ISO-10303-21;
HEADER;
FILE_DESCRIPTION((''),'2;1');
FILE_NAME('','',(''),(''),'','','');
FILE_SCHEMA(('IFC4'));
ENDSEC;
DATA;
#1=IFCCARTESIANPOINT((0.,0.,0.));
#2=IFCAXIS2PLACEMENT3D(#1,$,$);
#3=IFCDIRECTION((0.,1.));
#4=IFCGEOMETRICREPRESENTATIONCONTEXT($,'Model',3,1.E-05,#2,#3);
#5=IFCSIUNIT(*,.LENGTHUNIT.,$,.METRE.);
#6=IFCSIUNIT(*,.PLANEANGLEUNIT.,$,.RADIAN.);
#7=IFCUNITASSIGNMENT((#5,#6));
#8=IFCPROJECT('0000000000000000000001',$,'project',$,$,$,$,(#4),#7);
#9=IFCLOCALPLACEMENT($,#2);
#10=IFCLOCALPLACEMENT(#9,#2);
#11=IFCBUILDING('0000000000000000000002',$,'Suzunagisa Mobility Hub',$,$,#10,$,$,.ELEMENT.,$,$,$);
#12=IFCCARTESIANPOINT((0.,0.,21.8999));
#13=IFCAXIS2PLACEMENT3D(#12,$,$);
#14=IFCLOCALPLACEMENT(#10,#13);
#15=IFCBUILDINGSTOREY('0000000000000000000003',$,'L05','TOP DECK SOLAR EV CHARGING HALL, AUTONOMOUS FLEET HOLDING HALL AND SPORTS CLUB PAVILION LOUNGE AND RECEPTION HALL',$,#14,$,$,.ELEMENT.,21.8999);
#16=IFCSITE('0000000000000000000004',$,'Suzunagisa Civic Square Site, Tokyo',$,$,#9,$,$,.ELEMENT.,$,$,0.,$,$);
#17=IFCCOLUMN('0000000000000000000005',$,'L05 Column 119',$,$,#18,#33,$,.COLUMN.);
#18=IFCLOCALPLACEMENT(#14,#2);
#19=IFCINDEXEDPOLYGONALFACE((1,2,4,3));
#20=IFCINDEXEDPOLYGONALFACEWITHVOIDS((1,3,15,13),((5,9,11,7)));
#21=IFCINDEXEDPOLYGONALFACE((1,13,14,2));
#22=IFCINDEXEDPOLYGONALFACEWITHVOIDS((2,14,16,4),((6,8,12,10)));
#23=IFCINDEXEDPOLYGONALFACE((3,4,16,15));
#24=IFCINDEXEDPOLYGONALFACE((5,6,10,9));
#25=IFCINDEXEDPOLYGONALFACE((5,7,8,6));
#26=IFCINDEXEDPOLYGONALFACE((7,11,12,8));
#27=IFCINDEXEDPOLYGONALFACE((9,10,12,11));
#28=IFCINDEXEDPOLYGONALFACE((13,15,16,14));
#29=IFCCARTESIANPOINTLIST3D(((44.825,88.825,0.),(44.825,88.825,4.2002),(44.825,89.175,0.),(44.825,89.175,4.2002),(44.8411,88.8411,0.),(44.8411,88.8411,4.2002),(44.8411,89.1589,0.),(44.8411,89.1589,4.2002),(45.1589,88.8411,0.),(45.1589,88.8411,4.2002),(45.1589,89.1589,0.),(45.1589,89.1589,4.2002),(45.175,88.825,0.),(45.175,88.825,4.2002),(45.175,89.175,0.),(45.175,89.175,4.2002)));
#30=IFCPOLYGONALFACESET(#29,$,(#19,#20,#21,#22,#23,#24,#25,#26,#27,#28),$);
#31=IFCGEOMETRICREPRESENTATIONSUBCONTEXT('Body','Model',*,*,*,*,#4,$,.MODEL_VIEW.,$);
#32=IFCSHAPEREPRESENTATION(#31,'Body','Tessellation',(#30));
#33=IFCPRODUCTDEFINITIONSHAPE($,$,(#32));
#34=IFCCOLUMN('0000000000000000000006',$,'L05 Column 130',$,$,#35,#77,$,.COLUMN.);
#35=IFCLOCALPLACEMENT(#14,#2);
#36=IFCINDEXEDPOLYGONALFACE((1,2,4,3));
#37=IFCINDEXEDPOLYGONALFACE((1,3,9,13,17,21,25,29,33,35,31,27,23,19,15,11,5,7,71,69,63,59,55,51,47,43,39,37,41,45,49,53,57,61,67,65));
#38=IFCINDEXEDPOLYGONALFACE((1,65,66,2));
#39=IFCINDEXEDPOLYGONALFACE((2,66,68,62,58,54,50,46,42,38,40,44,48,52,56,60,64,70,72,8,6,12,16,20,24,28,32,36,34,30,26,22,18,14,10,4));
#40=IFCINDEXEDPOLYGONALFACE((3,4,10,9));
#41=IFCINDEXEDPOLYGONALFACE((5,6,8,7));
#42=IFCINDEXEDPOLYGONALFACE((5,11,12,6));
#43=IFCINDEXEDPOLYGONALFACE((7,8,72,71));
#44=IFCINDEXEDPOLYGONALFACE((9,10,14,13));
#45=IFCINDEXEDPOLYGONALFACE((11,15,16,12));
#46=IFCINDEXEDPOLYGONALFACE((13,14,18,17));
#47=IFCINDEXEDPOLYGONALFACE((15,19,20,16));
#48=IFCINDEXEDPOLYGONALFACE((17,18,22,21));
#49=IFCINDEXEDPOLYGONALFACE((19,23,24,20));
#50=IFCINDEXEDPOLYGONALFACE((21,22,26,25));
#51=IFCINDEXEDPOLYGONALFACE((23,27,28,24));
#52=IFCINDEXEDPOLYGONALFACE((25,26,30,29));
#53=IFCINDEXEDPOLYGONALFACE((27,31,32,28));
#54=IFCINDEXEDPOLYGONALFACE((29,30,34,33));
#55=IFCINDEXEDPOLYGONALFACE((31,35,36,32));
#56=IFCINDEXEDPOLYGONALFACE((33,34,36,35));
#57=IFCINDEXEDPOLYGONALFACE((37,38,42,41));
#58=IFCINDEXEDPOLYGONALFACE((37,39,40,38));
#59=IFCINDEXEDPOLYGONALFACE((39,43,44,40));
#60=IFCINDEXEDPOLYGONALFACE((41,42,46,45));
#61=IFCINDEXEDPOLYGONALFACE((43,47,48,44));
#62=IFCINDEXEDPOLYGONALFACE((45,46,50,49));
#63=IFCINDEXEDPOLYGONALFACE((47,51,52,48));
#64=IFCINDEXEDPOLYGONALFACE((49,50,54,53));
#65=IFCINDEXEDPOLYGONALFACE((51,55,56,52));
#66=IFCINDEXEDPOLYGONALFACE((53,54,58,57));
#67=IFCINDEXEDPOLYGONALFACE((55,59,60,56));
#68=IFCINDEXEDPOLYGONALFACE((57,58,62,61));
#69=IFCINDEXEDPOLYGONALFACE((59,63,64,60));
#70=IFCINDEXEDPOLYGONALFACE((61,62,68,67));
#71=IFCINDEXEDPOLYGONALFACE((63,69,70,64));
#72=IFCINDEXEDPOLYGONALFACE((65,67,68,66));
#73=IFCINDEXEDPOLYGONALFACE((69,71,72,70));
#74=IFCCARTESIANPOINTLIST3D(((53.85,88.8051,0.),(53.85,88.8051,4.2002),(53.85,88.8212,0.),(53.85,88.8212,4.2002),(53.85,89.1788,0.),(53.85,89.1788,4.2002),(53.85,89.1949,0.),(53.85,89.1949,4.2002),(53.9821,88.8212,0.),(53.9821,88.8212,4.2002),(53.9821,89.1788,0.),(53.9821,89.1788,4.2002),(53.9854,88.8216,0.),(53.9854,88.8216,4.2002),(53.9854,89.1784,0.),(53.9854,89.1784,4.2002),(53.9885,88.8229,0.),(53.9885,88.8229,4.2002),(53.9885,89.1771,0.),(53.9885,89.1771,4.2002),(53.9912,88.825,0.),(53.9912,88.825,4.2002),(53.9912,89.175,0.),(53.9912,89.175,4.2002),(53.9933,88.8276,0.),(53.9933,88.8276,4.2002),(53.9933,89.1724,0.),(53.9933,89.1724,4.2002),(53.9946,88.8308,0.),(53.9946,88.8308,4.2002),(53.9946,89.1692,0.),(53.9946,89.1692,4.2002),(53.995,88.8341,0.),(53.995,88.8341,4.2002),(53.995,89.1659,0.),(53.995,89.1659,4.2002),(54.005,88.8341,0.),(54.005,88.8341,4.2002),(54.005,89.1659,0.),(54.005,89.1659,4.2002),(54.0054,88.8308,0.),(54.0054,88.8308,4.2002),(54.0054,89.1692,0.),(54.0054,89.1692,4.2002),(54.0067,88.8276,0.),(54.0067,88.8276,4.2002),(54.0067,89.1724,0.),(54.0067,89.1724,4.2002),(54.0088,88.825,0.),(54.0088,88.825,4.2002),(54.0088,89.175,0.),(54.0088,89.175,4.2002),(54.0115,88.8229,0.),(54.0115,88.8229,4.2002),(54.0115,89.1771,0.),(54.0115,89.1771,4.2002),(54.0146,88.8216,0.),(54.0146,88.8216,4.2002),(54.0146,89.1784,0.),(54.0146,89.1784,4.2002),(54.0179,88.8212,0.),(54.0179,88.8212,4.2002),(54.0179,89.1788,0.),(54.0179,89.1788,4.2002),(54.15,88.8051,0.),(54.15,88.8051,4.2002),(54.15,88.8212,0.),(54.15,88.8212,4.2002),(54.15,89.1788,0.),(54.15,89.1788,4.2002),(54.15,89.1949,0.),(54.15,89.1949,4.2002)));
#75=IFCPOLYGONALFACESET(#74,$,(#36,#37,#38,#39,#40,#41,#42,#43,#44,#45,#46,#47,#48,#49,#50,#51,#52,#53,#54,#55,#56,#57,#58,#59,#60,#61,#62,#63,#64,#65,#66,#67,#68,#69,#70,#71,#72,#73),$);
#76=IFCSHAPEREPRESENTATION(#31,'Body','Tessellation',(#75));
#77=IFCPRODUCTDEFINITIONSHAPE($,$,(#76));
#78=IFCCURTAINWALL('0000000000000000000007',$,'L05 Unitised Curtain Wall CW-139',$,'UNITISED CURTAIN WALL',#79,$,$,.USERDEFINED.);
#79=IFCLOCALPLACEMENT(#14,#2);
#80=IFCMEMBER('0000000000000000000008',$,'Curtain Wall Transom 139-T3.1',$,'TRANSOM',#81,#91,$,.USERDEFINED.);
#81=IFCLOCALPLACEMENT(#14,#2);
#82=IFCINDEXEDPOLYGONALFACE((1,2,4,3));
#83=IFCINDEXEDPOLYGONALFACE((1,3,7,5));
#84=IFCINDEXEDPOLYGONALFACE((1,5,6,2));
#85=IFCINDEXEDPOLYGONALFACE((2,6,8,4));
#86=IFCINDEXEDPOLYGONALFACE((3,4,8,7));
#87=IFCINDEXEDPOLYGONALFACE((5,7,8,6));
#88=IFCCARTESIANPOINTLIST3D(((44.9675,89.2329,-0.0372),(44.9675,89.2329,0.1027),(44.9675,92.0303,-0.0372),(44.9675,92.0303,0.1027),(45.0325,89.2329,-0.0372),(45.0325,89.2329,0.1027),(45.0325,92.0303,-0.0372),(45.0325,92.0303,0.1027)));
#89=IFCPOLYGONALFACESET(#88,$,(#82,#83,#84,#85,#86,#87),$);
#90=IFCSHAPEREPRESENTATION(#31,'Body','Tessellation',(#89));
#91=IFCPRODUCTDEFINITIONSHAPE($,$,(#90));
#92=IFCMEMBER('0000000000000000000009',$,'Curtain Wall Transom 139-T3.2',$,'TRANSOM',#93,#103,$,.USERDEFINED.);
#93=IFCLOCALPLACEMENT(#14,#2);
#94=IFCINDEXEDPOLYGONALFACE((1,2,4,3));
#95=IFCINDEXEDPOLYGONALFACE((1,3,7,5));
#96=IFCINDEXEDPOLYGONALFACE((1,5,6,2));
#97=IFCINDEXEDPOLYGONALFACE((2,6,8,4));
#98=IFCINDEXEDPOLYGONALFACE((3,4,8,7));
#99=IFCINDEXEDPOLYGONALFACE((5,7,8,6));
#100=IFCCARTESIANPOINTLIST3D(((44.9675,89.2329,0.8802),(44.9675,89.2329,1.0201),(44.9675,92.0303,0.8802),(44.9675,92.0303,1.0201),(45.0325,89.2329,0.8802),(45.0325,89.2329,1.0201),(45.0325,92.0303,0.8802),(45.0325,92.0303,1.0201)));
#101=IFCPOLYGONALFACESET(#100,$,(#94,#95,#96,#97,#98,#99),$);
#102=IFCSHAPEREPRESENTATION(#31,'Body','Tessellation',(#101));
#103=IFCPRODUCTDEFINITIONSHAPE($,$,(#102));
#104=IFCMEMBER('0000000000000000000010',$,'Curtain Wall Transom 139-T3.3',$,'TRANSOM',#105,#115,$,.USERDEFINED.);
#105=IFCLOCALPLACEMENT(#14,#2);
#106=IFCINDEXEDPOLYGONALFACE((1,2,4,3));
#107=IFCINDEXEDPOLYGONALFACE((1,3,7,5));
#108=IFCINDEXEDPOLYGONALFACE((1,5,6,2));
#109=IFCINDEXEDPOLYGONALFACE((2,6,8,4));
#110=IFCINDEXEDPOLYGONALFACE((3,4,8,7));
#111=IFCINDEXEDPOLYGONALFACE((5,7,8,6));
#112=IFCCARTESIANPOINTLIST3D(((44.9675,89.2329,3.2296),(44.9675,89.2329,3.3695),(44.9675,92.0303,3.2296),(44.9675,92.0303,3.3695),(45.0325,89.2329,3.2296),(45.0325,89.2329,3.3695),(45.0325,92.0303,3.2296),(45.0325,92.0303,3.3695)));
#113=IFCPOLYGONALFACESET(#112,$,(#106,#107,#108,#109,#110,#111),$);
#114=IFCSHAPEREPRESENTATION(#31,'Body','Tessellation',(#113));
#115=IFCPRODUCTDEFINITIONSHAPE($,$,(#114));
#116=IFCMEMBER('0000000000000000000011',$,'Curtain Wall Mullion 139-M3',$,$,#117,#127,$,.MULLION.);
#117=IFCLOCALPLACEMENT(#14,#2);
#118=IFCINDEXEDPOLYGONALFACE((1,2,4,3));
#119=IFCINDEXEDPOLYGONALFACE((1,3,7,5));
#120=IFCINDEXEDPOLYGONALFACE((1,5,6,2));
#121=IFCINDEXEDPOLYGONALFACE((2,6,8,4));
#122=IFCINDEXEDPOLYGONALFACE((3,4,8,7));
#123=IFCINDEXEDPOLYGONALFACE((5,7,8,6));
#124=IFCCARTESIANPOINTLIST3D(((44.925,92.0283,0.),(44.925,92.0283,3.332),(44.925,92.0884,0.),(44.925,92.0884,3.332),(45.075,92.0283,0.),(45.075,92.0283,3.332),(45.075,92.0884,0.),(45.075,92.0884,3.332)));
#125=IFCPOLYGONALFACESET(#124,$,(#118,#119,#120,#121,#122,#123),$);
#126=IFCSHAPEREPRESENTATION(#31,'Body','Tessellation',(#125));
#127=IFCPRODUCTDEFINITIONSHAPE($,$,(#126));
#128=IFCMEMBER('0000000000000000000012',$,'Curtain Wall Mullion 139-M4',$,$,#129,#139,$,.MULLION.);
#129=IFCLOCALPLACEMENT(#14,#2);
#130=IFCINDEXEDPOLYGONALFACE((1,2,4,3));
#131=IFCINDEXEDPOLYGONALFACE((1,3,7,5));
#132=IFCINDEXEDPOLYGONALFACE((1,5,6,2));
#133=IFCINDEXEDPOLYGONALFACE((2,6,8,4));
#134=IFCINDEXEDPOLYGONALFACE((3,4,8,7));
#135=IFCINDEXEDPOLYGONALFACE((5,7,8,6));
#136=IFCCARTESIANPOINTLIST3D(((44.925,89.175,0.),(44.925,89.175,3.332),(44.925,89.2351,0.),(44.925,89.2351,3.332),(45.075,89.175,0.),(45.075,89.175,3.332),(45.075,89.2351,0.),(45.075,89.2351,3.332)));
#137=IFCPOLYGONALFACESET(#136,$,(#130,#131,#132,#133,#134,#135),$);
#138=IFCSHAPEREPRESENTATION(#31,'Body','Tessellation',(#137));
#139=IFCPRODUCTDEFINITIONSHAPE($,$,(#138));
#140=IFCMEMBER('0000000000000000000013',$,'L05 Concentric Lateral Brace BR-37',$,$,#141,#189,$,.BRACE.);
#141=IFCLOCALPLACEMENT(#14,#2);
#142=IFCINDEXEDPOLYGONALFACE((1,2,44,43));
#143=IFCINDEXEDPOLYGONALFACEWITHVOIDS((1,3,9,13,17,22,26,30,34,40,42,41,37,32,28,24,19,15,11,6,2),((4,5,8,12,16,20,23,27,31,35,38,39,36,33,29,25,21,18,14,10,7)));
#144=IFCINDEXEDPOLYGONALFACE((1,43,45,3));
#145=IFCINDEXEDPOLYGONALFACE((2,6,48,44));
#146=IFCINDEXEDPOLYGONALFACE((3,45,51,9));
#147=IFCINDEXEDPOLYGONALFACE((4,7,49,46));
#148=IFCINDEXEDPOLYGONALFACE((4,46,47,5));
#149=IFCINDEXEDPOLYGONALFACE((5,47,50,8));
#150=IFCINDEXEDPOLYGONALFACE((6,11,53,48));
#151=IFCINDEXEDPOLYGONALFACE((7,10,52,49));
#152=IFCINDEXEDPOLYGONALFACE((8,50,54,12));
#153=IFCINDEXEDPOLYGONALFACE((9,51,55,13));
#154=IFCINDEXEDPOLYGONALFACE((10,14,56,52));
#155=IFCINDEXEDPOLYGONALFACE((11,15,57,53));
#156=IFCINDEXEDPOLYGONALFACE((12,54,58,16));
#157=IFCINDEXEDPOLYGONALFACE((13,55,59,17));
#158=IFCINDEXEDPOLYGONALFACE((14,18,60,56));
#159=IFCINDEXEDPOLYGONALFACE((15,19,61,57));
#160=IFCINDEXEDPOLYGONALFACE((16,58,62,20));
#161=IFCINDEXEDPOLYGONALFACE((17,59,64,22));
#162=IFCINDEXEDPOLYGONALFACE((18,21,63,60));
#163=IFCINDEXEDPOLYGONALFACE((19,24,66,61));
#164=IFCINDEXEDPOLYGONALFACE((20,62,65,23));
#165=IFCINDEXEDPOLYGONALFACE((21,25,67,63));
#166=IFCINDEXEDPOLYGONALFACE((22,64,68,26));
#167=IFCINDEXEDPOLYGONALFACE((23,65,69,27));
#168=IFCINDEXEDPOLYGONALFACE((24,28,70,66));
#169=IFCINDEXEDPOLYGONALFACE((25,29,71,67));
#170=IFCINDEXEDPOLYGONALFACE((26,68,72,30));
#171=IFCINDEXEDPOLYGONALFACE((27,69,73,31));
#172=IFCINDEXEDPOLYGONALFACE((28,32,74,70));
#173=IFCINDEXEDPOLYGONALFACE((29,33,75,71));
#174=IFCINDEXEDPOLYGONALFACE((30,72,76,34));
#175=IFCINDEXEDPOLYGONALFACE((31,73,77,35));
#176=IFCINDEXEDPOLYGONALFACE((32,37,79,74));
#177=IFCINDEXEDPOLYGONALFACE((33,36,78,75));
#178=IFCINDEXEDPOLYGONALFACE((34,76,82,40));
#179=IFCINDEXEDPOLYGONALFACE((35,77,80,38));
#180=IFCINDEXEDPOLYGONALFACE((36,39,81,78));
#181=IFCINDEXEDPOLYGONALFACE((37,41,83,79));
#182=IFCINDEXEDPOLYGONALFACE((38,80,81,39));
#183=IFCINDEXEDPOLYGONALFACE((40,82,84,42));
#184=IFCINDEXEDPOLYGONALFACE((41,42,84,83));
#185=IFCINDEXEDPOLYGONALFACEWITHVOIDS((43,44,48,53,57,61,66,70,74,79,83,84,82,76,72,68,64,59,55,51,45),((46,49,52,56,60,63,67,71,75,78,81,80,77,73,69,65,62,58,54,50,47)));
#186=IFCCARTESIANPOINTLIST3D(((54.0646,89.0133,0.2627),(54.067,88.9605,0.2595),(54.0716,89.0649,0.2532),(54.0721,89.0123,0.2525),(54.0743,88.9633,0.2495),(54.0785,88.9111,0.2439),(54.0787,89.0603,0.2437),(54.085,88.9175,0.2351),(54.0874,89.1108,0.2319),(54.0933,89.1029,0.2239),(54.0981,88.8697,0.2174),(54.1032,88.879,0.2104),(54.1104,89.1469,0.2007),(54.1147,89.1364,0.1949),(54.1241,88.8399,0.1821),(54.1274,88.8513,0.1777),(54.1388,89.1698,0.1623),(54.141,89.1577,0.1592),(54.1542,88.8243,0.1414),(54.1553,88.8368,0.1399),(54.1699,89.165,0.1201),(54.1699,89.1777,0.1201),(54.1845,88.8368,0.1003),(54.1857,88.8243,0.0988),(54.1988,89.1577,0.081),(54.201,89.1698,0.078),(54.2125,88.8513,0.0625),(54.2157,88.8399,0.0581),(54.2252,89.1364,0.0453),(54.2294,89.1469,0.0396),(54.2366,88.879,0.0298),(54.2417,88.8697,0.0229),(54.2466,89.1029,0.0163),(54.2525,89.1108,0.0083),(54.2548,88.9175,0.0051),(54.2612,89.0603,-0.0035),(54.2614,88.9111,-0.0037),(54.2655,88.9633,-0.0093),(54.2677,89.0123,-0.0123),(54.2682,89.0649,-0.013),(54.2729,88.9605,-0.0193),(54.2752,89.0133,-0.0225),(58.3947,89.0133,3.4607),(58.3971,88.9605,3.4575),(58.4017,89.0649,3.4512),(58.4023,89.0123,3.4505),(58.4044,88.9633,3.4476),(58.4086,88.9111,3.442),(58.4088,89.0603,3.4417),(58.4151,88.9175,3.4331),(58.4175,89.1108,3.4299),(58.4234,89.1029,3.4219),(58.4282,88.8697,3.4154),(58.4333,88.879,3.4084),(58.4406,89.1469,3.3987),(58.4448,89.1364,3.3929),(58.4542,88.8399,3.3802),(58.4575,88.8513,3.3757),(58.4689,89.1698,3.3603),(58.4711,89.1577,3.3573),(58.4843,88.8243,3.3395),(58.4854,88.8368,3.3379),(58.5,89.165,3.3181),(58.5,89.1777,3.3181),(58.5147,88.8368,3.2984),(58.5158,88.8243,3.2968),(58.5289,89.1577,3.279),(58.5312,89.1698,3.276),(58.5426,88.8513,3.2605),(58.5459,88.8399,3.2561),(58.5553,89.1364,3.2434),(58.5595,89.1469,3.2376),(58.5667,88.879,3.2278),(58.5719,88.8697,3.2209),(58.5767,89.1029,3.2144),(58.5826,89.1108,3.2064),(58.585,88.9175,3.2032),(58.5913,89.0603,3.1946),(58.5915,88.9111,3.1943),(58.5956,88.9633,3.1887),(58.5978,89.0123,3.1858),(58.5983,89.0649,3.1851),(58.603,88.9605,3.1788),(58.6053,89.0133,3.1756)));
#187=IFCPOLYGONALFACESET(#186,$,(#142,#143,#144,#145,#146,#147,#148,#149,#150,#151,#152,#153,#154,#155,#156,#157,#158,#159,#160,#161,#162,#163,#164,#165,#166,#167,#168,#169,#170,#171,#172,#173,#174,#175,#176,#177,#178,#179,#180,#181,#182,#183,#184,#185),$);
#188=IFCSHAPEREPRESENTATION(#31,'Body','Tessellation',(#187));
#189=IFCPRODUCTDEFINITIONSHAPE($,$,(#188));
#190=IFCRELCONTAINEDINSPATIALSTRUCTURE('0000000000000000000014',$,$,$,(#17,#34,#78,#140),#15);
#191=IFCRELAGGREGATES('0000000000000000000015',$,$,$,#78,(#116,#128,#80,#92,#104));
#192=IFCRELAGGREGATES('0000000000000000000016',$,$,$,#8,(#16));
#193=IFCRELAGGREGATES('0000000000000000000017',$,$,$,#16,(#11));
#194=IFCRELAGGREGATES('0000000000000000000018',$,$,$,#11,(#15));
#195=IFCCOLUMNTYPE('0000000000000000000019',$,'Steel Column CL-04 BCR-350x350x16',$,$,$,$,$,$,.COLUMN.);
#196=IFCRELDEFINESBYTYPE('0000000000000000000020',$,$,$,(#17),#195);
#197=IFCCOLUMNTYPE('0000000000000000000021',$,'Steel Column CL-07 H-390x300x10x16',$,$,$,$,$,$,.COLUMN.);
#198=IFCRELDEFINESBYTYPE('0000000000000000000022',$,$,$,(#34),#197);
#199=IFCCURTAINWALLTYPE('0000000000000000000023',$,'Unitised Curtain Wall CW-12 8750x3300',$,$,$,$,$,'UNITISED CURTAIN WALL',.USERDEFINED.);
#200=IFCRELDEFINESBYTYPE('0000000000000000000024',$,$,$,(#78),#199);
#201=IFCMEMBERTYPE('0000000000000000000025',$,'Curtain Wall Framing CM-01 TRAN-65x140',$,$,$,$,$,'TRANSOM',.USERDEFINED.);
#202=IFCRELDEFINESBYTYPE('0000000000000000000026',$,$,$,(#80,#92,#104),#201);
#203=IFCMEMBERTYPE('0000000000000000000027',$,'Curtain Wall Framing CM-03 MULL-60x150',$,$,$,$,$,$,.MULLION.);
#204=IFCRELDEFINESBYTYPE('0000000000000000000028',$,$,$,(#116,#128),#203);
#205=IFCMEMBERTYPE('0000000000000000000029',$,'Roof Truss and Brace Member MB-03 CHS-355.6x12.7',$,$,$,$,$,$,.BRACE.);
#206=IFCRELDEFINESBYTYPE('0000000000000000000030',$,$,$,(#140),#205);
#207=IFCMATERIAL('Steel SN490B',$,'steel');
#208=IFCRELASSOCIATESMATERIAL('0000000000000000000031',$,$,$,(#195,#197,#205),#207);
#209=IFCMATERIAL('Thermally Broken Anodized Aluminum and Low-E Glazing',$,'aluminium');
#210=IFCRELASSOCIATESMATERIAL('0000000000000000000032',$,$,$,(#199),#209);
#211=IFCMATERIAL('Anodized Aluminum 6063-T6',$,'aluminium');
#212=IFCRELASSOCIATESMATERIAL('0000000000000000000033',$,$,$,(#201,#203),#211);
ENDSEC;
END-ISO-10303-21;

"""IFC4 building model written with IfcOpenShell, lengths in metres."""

from ifc_helpers import new_model, si_unit, direction, frame, origin, origin_2d, place, context, subcontext, project, spatial, rectangle, hollow_rectangle, hollow_circle, i_section, extrude, material, material_profile, profile_set, type_object, element, aggregate, save


model = new_model("IFC4")

# Units and contexts
model_context = context("Model", 3, precision=1e-05, world=origin(), true_north=direction((0.0, 1.0)))
body_context = subcontext(model_context, "Body", "Model", "MODEL_VIEW")
ifc_project = project(units=[si_unit("LENGTHUNIT", "METRE"), si_unit("PLANEANGLEUNIT", "RADIAN")], contexts=[model_context])

# Site, building, storey
site_placement = place(None, origin())
site = spatial("IfcSite", under=ifc_project, at=site_placement, Name="Suzunagisa Civic Square Site, Tokyo", CompositionType="ELEMENT", RefElevation=0.0)
building_placement = place(site_placement, origin())
building = spatial("IfcBuilding", under=site, at=building_placement, Name="Suzunagisa Mobility Hub", CompositionType="ELEMENT")
storey_placement = place(building_placement, frame((0.0, 0.0, 21.8999)))
storey = spatial("IfcBuildingStorey", under=building, at=storey_placement, Name="L05", Description="TOP DECK SOLAR EV CHARGING HALL, AUTONOMOUS FLEET HOLDING HALL AND SPORTS CLUB PAVILION LOUNGE AND RECEPTION HALL", CompositionType="ELEMENT", Elevation=21.8999)

# Columns
ifc_material_1 = material(Name="Steel SN490B", Category="steel")
ifc_material_profile_1 = material_profile(ifc_material_1, hollow_rectangle(XDim=0.3501, YDim=0.3501, WallThickness=0.0161, at=origin_2d()), Name="BCR-350x350x16")
ifc_profile_set_1 = profile_set([ifc_material_profile_1], Name="Steel SN490B")
column_type_1 = type_object("IfcColumnType", Name="Steel Column CL-04 BCR-350x350x16", PredefinedType="COLUMN", material=ifc_profile_set_1)
column_1_placement = place(storey_placement, frame((45.0, 89.0, 0.0), z_axis=(0.0, 0.0, 1.0), x_axis=(1.0, 0.0, 0.0)))
element("IfcColumn", 1, at=column_1_placement, inside=storey, type_object=column_type_1, Name="L05 Column 119", PredefinedType="COLUMN", context=body_context, shape_type="SweptSolid", body=[
    extrude(hollow_rectangle(XDim=0.3501, YDim=0.3501, WallThickness=0.0161, at=origin_2d()), origin(), (0.0, 0.0, 1.0), 4.2002),
])
ifc_material_profile_2 = material_profile(ifc_material_1, i_section(OverallWidth=0.3, OverallDepth=0.3899, WebThickness=0.01, FlangeThickness=0.0161, FilletRadius=0.0129, at=origin_2d()), Name="H-390x300x10x16")
ifc_profile_set_2 = profile_set([ifc_material_profile_2], Name="Steel SN490B")
column_type_2 = type_object("IfcColumnType", Name="Steel Column CL-07 H-390x300x10x16", PredefinedType="COLUMN", material=ifc_profile_set_2)
column_2_placement = place(storey_placement, frame((54.0, 89.0, 0.0), z_axis=(0.0, 0.0, 1.0), x_axis=(1.0, 0.0, 0.0)))
element("IfcColumn", 2, at=column_2_placement, inside=storey, type_object=column_type_2, Name="L05 Column 130", PredefinedType="COLUMN", context=body_context, shape_type="SweptSolid", body=[
    extrude(i_section(OverallWidth=0.3, OverallDepth=0.3899, WebThickness=0.01, FlangeThickness=0.0161, FilletRadius=0.0129, at=origin_2d()), origin(), (0.0, 0.0, 1.0), 4.2002),
])

# Curtain wall, members
ifc_material_2 = material(Name="Thermally Broken Anodized Aluminum and Low-E Glazing", Category="aluminium")
curtain_wall_type = type_object("IfcCurtainWallType", Name="Unitised Curtain Wall CW-12 8750x3300", ElementType="UNITISED CURTAIN WALL", PredefinedType="USERDEFINED", material=ifc_material_2)
curtain_wall_placement = place(storey_placement, origin())
curtain_wall = element("IfcCurtainWall", 3, at=curtain_wall_placement, inside=storey, type_object=curtain_wall_type, Name="L05 Unitised Curtain Wall CW-139", ObjectType="UNITISED CURTAIN WALL", PredefinedType="USERDEFINED")
ifc_material_3 = material(Name="Anodized Aluminum 6063-T6", Category="aluminium")
ifc_material_profile_3 = material_profile(ifc_material_3, rectangle(XDim=0.0649, YDim=0.1399, at=origin_2d()), Name="TRAN-65x140")
ifc_profile_set_3 = profile_set([ifc_material_profile_3], Name="Anodized Aluminum 6063-T6")
member_type_1 = type_object("IfcMemberType", Name="Curtain Wall Framing CM-01 TRAN-65x140", ElementType="TRANSOM", PredefinedType="USERDEFINED", material=ifc_profile_set_3)
member_1_placement = place(storey_placement, frame((45.0, 92.0303, 0.0327), z_axis=(0.0, -1.0, 0.0), x_axis=(1.0, 0.0, 0.0)))
member_1 = element("IfcMember", 4, at=member_1_placement, type_object=member_type_1, Name="Curtain Wall Transom 139-T3.1", ObjectType="TRANSOM", PredefinedType="USERDEFINED", context=body_context, shape_type="SweptSolid", body=[
    extrude(rectangle(XDim=0.0649, YDim=0.1399, at=origin_2d()), origin(), (0.0, 0.0, 1.0), 2.7974),
])
member_2_placement = place(storey_placement, frame((45.0, 92.0303, 0.9502), z_axis=(0.0, -1.0, 0.0), x_axis=(1.0, 0.0, 0.0)))
member_2 = element("IfcMember", 5, at=member_2_placement, type_object=member_type_1, Name="Curtain Wall Transom 139-T3.2", ObjectType="TRANSOM", PredefinedType="USERDEFINED", context=body_context, shape_type="SweptSolid", body=[
    extrude(rectangle(XDim=0.0649, YDim=0.1399, at=origin_2d()), origin(), (0.0, 0.0, 1.0), 2.7974),
])
member_3_placement = place(storey_placement, frame((45.0, 92.0303, 3.2996), z_axis=(0.0, -1.0, 0.0), x_axis=(1.0, 0.0, 0.0)))
member_3 = element("IfcMember", 6, at=member_3_placement, type_object=member_type_1, Name="Curtain Wall Transom 139-T3.3", ObjectType="TRANSOM", PredefinedType="USERDEFINED", context=body_context, shape_type="SweptSolid", body=[
    extrude(rectangle(XDim=0.0649, YDim=0.1399, at=origin_2d()), origin(), (0.0, 0.0, 1.0), 2.7974),
])
ifc_material_profile_4 = material_profile(ifc_material_3, rectangle(XDim=0.0601, YDim=0.1499, at=origin_2d()), Name="MULL-60x150")
ifc_profile_set_4 = profile_set([ifc_material_profile_4], Name="Anodized Aluminum 6063-T6")
member_type_2 = type_object("IfcMemberType", Name="Curtain Wall Framing CM-03 MULL-60x150", PredefinedType="MULLION", material=ifc_profile_set_4)
member_4_placement = place(storey_placement, frame((45.0, 92.0583, 0.0), z_axis=(0.0, 0.0, 1.0), x_axis=(0.0, -1.0, 0.0)))
member_4 = element("IfcMember", 7, at=member_4_placement, type_object=member_type_2, Name="Curtain Wall Mullion 139-M3", PredefinedType="MULLION", context=body_context, shape_type="SweptSolid", body=[
    extrude(rectangle(XDim=0.0601, YDim=0.1499, at=origin_2d()), origin(), (0.0, 0.0, 1.0), 3.332),
])
member_5_placement = place(storey_placement, frame((45.0, 89.2051, 0.0), z_axis=(0.0, 0.0, 1.0), x_axis=(0.0, -1.0, 0.0)))
member_5 = element("IfcMember", 8, at=member_5_placement, type_object=member_type_2, Name="Curtain Wall Mullion 139-M4", PredefinedType="MULLION", context=body_context, shape_type="SweptSolid", body=[
    extrude(rectangle(XDim=0.0601, YDim=0.1499, at=origin_2d()), origin(), (0.0, 0.0, 1.0), 3.332),
])

# Member
ifc_material_profile_5 = material_profile(ifc_material_1, hollow_circle(Radius=0.1777, WallThickness=0.0127, at=origin_2d()), Name="CHS-355.6x12.7")
ifc_profile_set_5 = profile_set([ifc_material_profile_5], Name="Steel SN490B")
member_type_3 = type_object("IfcMemberType", Name="Roof Truss and Brace Member MB-03 CHS-355.6x12.7", PredefinedType="BRACE", material=ifc_profile_set_5)
member_6_placement = place(storey_placement, frame((54.1699, 89.0, 0.1201), z_axis=(0.804398, 0.0, 0.594091), x_axis=(0.0, 1.0, 0.0)))
element("IfcMember", 9, at=member_6_placement, inside=storey, type_object=member_type_3, Name="L05 Concentric Lateral Brace BR-37", PredefinedType="BRACE", context=body_context, shape_type="SweptSolid", body=[
    extrude(hollow_circle(Radius=0.1777, WallThickness=0.0127, at=origin_2d()), origin(), (0.0, 0.0, 1.0), 5.3831),
])

aggregate(curtain_wall, [member_4, member_5, member_1, member_2, member_3])

save(model, "model.ifc")
